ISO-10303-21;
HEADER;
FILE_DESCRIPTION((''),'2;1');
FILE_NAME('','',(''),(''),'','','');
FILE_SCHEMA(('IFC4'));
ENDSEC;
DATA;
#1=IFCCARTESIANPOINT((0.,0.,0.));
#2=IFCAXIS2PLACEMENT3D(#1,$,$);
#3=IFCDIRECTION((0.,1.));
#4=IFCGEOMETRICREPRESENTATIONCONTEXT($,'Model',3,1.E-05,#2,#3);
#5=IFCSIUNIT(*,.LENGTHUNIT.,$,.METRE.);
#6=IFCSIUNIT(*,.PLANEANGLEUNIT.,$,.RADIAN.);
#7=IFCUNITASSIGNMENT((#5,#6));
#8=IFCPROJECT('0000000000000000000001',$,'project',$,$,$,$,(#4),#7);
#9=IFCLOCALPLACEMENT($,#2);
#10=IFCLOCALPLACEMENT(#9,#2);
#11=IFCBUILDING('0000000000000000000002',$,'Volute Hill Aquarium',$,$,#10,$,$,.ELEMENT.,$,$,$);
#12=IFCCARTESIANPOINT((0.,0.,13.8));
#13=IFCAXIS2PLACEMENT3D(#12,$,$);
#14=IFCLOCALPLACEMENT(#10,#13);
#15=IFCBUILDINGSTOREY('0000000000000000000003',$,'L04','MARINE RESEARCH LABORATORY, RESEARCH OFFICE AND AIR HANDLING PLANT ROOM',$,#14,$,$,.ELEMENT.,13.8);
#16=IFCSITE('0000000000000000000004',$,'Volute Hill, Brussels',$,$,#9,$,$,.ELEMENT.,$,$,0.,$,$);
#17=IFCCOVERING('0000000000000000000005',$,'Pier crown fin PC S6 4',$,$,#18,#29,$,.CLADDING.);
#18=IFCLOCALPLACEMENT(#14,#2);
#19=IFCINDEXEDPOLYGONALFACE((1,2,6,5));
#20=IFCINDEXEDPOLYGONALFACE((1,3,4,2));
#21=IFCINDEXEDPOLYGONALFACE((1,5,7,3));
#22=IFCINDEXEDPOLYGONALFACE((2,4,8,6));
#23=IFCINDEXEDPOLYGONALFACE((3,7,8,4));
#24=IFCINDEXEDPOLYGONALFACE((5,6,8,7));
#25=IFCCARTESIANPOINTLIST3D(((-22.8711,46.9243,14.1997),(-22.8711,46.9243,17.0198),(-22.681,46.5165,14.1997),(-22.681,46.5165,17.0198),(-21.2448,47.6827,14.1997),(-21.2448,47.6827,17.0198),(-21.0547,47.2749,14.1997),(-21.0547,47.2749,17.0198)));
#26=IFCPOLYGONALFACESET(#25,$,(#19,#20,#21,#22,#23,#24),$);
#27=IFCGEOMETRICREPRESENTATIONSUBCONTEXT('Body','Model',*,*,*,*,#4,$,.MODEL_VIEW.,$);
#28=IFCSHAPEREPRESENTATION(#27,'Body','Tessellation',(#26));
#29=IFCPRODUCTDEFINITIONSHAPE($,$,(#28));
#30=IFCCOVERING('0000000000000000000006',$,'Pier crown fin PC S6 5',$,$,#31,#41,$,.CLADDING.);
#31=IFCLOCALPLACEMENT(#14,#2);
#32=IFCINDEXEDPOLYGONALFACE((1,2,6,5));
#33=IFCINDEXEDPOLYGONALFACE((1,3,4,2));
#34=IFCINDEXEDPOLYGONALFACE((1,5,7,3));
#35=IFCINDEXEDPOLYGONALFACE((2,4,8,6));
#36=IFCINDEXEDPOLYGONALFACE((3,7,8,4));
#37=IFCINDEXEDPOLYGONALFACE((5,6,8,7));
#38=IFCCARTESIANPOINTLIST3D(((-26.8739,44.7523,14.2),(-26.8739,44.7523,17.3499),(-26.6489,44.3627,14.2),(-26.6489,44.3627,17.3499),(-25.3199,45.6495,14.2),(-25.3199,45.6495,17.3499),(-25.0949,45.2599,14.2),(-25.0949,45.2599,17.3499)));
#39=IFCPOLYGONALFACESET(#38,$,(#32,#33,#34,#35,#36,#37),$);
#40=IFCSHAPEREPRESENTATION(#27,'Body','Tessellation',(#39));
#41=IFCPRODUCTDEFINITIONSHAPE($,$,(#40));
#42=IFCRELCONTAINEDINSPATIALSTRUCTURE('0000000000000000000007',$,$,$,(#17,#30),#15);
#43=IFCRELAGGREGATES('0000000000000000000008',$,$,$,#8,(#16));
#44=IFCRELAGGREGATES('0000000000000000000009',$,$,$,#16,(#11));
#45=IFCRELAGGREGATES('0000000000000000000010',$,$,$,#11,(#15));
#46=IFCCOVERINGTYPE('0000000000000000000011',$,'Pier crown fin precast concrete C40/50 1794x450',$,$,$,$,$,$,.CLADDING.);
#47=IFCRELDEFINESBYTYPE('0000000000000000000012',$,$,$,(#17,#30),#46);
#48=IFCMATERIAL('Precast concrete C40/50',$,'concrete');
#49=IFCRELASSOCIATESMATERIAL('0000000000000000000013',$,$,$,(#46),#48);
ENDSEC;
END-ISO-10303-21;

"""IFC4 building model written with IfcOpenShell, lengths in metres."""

from ifc_helpers import new_model, si_unit, direction, frame, origin, origin_2d, place, context, subcontext, project, spatial, rectangle, extrude, material, type_object, element, save


model = new_model("IFC4")

# Units and contexts
model_context = context("Model", 3, precision=1e-05, world=origin(), true_north=direction((0.0, 1.0)))
body_context = subcontext(model_context, "Body", "Model", "MODEL_VIEW")
ifc_project = project(units=[si_unit("LENGTHUNIT", "METRE"), si_unit("PLANEANGLEUNIT", "RADIAN")], contexts=[model_context])

# Site, building, storey
site_placement = place(None, origin())
site = spatial("IfcSite", under=ifc_project, at=site_placement, Name="Volute Hill, Brussels", CompositionType="ELEMENT", RefElevation=0.0)
building_placement = place(site_placement, origin())
building = spatial("IfcBuilding", under=site, at=building_placement, Name="Volute Hill Aquarium", CompositionType="ELEMENT")
storey_placement = place(building_placement, frame((0.0, 0.0, 13.8)))
storey = spatial("IfcBuildingStorey", under=building, at=storey_placement, Name="L04", Description="MARINE RESEARCH LABORATORY, RESEARCH OFFICE AND AIR HANDLING PLANT ROOM", CompositionType="ELEMENT", Elevation=13.8)

# Coverings
ifc_material_1 = material(Name="Precast concrete C40/50", Category="concrete")
covering_type_1 = type_object("IfcCoveringType", Name="Pier crown fin precast concrete C40/50 1794x450", PredefinedType="CLADDING", material=ifc_material_1)
covering_1_placement = place(storey_placement, frame((-21.9629, 47.0996, 14.1997), z_axis=(0.0, 0.0, 1.0), x_axis=(-0.906308, -0.422618, 0.0)))
element("IfcCovering", 1, at=covering_1_placement, inside=storey, type_object=covering_type_1, Name="Pier crown fin PC S6 4", PredefinedType="CLADDING", context=body_context, shape_type="SweptSolid", body=[
    extrude(rectangle(XDim=1.7944, YDim=0.45, at=origin_2d()), origin(), (0.0, 0.0, 1.0), 2.8201),
])
covering_2_placement = place(storey_placement, frame((-25.9844, 45.0061, 14.2), z_axis=(0.0, 0.0, 1.0), x_axis=(-0.866025, -0.5, 0.0)))
element("IfcCovering", 2, at=covering_2_placement, inside=storey, type_object=covering_type_1, Name="Pier crown fin PC S6 5", PredefinedType="CLADDING", context=body_context, shape_type="SweptSolid", body=[
    extrude(rectangle(XDim=1.7944, YDim=0.45, at=origin_2d()), origin(), (0.0, 0.0, 1.0), 3.1499),
])

save(model, "model.ifc")
